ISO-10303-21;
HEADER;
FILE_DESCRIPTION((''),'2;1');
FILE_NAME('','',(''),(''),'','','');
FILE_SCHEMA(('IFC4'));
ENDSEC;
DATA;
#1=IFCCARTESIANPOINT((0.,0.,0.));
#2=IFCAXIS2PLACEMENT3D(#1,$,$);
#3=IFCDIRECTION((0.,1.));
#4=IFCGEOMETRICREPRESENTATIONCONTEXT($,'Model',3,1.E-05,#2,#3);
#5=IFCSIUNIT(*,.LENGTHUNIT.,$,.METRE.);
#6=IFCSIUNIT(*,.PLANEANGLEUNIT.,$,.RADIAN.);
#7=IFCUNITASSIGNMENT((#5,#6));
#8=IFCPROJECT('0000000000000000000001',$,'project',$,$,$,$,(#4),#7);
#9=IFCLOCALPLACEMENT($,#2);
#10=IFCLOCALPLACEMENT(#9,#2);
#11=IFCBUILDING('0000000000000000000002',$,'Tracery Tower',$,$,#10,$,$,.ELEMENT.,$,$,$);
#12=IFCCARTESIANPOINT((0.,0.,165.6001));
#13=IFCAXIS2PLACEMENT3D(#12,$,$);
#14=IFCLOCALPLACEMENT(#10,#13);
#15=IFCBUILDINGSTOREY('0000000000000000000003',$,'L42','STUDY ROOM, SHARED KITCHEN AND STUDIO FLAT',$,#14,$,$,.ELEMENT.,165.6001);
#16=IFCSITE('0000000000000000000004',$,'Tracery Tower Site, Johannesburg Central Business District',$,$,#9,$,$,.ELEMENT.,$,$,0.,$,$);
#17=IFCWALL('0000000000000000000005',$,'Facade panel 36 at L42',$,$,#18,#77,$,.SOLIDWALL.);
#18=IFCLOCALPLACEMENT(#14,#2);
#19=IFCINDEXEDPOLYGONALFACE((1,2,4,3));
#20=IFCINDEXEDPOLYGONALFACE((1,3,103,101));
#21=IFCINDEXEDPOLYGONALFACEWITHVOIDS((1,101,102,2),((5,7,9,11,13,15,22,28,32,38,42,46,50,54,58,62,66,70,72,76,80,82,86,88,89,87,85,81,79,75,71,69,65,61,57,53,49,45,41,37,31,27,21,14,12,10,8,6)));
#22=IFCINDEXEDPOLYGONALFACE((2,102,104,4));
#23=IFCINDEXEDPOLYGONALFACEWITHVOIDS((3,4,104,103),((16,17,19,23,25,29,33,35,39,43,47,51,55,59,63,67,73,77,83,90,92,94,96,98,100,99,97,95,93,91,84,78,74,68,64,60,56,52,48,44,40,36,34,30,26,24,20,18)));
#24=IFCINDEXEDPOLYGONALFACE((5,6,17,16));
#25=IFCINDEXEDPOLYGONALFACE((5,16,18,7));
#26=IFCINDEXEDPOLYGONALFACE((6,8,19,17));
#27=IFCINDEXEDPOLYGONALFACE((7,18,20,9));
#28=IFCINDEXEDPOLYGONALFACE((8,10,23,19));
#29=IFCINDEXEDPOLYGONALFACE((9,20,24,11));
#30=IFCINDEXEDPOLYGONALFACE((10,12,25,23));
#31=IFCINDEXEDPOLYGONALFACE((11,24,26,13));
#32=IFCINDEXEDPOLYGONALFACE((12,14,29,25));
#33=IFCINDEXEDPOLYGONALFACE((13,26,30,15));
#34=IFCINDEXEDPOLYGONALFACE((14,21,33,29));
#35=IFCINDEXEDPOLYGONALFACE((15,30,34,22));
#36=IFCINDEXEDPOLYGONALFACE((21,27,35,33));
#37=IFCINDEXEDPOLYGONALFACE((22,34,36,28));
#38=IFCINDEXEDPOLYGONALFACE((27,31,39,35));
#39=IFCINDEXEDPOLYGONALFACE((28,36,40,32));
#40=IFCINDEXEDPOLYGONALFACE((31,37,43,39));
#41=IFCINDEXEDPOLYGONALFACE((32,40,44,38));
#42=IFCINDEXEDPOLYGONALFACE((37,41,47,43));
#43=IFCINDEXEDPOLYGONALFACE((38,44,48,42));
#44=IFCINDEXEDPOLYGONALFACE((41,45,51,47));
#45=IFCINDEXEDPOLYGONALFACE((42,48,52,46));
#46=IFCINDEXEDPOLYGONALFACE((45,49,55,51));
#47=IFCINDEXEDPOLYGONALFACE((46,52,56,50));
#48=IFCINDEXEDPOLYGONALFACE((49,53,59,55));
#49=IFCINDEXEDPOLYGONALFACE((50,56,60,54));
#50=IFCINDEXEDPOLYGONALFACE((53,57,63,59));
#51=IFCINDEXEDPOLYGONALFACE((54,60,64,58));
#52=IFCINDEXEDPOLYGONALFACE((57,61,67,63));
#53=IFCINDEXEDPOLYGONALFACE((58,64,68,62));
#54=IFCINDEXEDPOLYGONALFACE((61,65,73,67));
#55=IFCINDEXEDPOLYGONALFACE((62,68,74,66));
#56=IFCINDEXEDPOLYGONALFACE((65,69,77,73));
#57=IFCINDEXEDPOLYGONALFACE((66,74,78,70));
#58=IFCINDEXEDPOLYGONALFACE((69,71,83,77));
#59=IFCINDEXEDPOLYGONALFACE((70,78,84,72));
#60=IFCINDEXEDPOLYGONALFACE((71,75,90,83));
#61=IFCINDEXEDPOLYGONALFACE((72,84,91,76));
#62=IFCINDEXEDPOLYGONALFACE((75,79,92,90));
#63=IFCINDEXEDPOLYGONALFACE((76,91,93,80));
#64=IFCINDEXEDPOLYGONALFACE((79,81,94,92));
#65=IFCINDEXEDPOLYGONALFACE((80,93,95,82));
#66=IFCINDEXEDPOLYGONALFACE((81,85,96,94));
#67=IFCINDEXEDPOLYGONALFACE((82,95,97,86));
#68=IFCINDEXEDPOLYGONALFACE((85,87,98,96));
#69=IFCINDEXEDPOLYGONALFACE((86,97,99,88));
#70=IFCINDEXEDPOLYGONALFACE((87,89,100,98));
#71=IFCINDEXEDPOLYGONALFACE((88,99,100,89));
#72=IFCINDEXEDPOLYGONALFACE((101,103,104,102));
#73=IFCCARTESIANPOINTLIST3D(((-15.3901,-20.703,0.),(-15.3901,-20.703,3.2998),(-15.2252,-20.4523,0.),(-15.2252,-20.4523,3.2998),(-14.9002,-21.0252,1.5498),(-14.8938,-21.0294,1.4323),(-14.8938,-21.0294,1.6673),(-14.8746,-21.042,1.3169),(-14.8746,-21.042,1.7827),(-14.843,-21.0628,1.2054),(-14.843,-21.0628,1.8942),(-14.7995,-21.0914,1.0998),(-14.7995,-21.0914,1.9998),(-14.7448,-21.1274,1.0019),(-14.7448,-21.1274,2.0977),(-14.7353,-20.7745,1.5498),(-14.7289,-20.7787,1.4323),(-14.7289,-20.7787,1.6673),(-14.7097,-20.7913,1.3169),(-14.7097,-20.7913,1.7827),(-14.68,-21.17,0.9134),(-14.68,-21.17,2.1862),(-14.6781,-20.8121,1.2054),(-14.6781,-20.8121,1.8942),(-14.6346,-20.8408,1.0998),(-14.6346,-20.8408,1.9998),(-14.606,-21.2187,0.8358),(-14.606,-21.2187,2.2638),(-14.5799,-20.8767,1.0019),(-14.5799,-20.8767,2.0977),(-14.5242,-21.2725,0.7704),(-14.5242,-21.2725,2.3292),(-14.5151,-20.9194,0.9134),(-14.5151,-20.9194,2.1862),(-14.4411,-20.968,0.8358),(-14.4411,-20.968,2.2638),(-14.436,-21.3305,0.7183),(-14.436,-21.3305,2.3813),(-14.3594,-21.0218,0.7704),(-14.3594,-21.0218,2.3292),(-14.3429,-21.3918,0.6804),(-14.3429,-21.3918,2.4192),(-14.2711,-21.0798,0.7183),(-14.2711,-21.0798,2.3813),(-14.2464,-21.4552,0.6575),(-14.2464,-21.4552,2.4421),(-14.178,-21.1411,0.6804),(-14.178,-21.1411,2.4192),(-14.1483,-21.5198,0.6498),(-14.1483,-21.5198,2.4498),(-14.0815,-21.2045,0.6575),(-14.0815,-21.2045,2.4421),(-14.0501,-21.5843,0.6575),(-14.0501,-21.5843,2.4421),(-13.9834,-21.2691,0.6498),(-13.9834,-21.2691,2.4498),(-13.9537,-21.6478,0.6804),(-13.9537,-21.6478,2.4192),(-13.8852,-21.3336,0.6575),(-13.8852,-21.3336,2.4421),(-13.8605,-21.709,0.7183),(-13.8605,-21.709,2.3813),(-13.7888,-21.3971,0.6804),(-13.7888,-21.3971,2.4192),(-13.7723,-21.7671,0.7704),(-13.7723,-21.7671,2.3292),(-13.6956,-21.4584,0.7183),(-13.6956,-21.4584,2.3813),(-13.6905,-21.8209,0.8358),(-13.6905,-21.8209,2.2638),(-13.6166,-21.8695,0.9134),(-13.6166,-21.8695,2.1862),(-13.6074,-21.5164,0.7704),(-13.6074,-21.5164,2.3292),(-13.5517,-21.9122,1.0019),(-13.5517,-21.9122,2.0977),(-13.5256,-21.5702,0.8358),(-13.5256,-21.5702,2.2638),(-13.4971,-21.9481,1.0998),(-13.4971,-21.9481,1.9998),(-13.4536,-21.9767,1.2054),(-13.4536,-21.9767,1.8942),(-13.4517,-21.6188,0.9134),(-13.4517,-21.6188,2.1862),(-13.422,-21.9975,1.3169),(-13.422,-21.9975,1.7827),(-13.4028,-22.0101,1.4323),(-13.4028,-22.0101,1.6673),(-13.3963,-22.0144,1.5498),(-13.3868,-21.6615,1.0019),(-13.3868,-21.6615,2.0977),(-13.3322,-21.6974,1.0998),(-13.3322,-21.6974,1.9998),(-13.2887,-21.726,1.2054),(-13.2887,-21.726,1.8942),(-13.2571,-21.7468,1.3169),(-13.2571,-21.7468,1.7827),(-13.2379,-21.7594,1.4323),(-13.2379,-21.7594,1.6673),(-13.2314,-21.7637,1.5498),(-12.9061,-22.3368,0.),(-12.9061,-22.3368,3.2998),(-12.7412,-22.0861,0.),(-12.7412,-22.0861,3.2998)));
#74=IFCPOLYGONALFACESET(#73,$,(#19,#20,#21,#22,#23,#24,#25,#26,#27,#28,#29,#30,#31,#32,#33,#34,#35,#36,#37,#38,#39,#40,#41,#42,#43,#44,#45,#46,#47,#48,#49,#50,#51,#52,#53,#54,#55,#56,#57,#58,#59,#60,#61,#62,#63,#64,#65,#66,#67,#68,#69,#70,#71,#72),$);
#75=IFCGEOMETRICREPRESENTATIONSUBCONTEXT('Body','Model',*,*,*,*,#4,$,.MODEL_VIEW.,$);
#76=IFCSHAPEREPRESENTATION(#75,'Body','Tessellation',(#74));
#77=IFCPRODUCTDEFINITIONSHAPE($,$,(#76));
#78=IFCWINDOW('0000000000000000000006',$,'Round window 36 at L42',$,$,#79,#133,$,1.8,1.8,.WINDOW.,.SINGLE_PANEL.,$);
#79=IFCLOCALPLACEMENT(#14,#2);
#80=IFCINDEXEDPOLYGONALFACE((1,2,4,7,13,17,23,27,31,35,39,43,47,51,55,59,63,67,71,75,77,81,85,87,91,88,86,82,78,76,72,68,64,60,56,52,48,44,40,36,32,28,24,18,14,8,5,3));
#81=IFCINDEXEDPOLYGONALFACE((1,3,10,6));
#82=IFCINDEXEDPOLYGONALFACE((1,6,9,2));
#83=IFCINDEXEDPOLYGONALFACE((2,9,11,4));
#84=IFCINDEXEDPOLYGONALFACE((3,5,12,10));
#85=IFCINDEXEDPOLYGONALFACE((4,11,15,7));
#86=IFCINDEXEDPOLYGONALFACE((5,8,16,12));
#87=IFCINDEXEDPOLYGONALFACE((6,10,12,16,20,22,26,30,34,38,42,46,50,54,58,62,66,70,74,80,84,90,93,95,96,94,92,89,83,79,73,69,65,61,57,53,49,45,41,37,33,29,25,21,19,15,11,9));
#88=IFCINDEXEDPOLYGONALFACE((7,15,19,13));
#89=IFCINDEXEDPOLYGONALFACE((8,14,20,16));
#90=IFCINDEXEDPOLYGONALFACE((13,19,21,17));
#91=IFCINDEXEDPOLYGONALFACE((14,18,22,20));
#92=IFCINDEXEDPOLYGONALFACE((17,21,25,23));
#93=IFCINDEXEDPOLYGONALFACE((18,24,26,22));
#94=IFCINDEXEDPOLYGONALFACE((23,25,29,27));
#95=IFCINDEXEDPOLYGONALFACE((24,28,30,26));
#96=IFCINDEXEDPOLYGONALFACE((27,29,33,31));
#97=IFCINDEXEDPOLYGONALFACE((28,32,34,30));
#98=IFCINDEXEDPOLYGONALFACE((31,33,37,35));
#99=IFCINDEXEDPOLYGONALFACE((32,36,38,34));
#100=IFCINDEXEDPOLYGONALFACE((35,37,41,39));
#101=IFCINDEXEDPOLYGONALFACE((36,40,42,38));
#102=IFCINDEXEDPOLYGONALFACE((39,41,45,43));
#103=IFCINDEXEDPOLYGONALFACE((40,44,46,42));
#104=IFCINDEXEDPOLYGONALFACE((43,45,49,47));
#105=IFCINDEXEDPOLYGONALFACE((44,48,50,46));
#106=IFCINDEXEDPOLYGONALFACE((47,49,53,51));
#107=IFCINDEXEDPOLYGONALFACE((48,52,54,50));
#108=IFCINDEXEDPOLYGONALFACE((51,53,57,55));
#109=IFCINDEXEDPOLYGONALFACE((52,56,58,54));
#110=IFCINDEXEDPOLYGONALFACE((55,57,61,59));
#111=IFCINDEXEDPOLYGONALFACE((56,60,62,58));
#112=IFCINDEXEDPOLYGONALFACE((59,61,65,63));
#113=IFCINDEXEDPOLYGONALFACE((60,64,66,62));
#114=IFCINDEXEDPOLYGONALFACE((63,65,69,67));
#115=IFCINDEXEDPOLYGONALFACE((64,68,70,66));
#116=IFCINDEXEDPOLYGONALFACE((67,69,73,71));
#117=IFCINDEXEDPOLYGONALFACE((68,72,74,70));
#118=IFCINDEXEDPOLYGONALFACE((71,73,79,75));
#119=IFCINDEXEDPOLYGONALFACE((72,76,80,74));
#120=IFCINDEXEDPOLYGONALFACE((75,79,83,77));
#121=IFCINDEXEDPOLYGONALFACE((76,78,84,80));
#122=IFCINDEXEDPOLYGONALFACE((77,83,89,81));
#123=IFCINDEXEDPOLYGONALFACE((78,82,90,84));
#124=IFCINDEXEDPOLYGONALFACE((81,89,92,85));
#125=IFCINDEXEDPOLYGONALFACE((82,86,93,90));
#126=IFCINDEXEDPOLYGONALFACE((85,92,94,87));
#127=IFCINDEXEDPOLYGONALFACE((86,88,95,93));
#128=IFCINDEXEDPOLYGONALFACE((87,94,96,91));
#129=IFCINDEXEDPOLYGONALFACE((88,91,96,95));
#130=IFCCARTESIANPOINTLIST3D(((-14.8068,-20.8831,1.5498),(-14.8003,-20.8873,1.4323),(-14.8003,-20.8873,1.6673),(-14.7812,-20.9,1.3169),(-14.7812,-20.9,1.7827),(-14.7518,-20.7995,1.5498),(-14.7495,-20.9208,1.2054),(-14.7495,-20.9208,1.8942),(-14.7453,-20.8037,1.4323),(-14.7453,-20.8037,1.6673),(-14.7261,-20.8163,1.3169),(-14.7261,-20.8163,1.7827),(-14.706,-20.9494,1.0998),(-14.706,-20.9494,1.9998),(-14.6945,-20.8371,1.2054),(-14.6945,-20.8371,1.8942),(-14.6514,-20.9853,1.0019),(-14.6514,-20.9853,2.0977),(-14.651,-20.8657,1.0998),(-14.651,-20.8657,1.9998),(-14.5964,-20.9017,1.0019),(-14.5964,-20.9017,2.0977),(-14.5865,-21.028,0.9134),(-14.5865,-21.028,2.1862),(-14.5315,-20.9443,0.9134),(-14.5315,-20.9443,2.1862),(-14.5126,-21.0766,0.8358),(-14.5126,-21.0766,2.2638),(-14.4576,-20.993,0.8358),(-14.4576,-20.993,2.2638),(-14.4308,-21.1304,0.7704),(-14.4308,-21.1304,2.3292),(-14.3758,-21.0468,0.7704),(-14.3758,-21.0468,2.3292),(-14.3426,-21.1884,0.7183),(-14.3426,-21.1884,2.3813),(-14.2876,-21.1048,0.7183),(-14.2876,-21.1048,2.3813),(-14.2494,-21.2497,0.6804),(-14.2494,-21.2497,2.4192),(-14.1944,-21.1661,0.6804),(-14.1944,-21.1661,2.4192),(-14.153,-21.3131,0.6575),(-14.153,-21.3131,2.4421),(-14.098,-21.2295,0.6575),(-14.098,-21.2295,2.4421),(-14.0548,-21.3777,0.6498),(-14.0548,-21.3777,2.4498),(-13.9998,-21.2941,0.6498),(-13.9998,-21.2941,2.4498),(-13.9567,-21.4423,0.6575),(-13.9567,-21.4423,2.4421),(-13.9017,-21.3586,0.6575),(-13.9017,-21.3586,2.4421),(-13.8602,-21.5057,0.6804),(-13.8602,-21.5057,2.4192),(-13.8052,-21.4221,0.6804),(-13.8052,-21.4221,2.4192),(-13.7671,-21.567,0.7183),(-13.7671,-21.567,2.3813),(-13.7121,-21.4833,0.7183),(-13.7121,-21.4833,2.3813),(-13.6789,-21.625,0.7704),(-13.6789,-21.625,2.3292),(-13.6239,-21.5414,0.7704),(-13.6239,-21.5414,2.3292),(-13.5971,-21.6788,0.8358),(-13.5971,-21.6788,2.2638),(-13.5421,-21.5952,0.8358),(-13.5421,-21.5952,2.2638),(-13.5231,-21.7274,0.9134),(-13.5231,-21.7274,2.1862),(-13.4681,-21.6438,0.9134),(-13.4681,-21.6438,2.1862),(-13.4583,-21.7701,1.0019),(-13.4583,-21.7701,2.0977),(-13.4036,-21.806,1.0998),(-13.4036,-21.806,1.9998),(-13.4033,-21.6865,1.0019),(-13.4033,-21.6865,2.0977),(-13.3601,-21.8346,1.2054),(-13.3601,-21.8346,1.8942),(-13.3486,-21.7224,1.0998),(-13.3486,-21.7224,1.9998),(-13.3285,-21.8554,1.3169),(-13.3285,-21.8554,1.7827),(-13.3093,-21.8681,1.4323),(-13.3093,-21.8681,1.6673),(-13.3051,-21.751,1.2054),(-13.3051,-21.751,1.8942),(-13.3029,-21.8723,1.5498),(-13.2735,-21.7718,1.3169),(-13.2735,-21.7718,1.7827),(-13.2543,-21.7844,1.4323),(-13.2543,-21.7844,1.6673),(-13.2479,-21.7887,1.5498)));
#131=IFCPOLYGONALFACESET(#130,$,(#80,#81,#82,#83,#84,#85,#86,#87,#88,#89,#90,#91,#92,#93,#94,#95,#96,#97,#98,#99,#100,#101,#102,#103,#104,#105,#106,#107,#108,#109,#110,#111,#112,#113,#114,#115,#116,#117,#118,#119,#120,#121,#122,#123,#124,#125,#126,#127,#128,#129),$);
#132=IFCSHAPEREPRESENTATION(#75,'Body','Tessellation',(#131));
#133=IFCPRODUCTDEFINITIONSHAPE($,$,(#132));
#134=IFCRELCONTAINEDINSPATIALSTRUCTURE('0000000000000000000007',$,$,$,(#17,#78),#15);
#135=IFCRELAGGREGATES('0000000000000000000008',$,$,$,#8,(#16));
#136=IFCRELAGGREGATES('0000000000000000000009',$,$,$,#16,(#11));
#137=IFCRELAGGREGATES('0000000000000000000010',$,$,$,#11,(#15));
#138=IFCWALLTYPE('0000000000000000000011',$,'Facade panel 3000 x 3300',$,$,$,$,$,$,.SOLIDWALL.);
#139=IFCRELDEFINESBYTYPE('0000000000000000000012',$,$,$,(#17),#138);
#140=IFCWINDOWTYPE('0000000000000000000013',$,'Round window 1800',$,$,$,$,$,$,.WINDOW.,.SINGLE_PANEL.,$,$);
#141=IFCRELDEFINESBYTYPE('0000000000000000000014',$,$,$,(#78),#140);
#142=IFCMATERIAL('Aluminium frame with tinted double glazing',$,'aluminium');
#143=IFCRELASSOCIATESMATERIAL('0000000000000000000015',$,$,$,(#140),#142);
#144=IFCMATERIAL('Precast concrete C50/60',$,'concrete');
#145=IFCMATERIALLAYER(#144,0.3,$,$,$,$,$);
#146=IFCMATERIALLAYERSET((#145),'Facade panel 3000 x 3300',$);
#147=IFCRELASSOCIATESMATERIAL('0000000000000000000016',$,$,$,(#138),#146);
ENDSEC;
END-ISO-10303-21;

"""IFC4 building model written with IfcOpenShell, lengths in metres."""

from ifc_helpers import new_model, si_unit, direction, frame, frame_2d, origin, origin_2d, place, context, subcontext, project, spatial, rectangle, circle, extrude, material, layer, layer_set, type_object, element, fill, save


model = new_model("IFC4")

# Units and contexts
model_context = context("Model", 3, precision=1e-05, world=origin(), true_north=direction((0.0, 1.0)))
body_context = subcontext(model_context, "Body", "Model", "MODEL_VIEW")
ifc_project = project(units=[si_unit("LENGTHUNIT", "METRE"), si_unit("PLANEANGLEUNIT", "RADIAN")], contexts=[model_context])

# Site, building, storey
site_placement = place(None, origin())
site = spatial("IfcSite", under=ifc_project, at=site_placement, Name="Tracery Tower Site, Johannesburg Central Business District", CompositionType="ELEMENT", RefElevation=0.0)
building_placement = place(site_placement, origin())
building = spatial("IfcBuilding", under=site, at=building_placement, Name="Tracery Tower", CompositionType="ELEMENT")
storey_placement = place(building_placement, frame((0.0, 0.0, 165.6001)))
storey = spatial("IfcBuildingStorey", under=building, at=storey_placement, Name="L42", Description="STUDY ROOM, SHARED KITCHEN AND STUDIO FLAT", CompositionType="ELEMENT", Elevation=165.6001)

# Wall, opening, window
ifc_material_1 = material(Name="Aluminium frame with tinted double glazing", Category="aluminium")
window_type = type_object("IfcWindowType", Name="Round window 1800", PartitioningType="SINGLE_PANEL", PredefinedType="WINDOW", material=ifc_material_1)
ifc_material_2 = material(Name="Precast concrete C50/60", Category="concrete")
ifc_layer_1 = layer(ifc_material_2, 0.3)
ifc_layer_set_1 = layer_set([ifc_layer_1], Name="Facade panel 3000 x 3300")
wall_type_1 = type_object("IfcWallType", Name="Facade panel 3000 x 3300", PredefinedType="SOLIDWALL", material=ifc_layer_set_1)
wall_1_placement = place(storey_placement, frame((-15.3076, -20.5776, 0.0), z_axis=(0.0, 0.0, 1.0), x_axis=(0.835471, -0.549535, 0.0)))
wall_1 = element("IfcWall", 1, at=wall_1_placement, inside=storey, type_object=wall_type_1, Name="Facade panel 36 at L42", PredefinedType="SOLIDWALL", context=body_context, shape_type="SweptSolid", body=[
    extrude(rectangle(XDim=2.9731, YDim=0.3, at=frame_2d((1.4866, 0.0))), origin(), (0.0, 0.0, 1.0), 3.2998),
])
opening_1_placement = place(wall_1_placement, frame((1.4863, 0.0, 1.5498)))
opening_1 = element("IfcOpeningElement", 2, at=opening_1_placement, cuts=wall_1, PredefinedType="OPENING", context=body_context, shape_type="SweptSolid", body=[
    extrude(circle(Radius=0.9, at=origin_2d()), frame((0.0, 0.1599, 0.0), z_axis=(0.0, -1.0, 0.0), x_axis=(1.0, 0.0, 0.0)), (0.0, 0.0, 1.0), 0.3201),
])
window_1_placement = place(opening_1_placement, origin())
window_1 = element("IfcWindow", 3, at=window_1_placement, inside=storey, type_object=window_type, Name="Round window 36 at L42", OverallHeight=1.8, OverallWidth=1.8, PartitioningType="SINGLE_PANEL", PredefinedType="WINDOW", context=body_context, shape_type="SweptSolid", body=[
    extrude(circle(Radius=0.9, at=origin_2d()), frame((0.0, 0.1201, 0.0), z_axis=(0.0, -1.0, 0.0), x_axis=(1.0, 0.0, 0.0)), (0.0, 0.0, 1.0), 0.1001),
])
fill(opening_1, window_1)

save(model, "model.ifc")
